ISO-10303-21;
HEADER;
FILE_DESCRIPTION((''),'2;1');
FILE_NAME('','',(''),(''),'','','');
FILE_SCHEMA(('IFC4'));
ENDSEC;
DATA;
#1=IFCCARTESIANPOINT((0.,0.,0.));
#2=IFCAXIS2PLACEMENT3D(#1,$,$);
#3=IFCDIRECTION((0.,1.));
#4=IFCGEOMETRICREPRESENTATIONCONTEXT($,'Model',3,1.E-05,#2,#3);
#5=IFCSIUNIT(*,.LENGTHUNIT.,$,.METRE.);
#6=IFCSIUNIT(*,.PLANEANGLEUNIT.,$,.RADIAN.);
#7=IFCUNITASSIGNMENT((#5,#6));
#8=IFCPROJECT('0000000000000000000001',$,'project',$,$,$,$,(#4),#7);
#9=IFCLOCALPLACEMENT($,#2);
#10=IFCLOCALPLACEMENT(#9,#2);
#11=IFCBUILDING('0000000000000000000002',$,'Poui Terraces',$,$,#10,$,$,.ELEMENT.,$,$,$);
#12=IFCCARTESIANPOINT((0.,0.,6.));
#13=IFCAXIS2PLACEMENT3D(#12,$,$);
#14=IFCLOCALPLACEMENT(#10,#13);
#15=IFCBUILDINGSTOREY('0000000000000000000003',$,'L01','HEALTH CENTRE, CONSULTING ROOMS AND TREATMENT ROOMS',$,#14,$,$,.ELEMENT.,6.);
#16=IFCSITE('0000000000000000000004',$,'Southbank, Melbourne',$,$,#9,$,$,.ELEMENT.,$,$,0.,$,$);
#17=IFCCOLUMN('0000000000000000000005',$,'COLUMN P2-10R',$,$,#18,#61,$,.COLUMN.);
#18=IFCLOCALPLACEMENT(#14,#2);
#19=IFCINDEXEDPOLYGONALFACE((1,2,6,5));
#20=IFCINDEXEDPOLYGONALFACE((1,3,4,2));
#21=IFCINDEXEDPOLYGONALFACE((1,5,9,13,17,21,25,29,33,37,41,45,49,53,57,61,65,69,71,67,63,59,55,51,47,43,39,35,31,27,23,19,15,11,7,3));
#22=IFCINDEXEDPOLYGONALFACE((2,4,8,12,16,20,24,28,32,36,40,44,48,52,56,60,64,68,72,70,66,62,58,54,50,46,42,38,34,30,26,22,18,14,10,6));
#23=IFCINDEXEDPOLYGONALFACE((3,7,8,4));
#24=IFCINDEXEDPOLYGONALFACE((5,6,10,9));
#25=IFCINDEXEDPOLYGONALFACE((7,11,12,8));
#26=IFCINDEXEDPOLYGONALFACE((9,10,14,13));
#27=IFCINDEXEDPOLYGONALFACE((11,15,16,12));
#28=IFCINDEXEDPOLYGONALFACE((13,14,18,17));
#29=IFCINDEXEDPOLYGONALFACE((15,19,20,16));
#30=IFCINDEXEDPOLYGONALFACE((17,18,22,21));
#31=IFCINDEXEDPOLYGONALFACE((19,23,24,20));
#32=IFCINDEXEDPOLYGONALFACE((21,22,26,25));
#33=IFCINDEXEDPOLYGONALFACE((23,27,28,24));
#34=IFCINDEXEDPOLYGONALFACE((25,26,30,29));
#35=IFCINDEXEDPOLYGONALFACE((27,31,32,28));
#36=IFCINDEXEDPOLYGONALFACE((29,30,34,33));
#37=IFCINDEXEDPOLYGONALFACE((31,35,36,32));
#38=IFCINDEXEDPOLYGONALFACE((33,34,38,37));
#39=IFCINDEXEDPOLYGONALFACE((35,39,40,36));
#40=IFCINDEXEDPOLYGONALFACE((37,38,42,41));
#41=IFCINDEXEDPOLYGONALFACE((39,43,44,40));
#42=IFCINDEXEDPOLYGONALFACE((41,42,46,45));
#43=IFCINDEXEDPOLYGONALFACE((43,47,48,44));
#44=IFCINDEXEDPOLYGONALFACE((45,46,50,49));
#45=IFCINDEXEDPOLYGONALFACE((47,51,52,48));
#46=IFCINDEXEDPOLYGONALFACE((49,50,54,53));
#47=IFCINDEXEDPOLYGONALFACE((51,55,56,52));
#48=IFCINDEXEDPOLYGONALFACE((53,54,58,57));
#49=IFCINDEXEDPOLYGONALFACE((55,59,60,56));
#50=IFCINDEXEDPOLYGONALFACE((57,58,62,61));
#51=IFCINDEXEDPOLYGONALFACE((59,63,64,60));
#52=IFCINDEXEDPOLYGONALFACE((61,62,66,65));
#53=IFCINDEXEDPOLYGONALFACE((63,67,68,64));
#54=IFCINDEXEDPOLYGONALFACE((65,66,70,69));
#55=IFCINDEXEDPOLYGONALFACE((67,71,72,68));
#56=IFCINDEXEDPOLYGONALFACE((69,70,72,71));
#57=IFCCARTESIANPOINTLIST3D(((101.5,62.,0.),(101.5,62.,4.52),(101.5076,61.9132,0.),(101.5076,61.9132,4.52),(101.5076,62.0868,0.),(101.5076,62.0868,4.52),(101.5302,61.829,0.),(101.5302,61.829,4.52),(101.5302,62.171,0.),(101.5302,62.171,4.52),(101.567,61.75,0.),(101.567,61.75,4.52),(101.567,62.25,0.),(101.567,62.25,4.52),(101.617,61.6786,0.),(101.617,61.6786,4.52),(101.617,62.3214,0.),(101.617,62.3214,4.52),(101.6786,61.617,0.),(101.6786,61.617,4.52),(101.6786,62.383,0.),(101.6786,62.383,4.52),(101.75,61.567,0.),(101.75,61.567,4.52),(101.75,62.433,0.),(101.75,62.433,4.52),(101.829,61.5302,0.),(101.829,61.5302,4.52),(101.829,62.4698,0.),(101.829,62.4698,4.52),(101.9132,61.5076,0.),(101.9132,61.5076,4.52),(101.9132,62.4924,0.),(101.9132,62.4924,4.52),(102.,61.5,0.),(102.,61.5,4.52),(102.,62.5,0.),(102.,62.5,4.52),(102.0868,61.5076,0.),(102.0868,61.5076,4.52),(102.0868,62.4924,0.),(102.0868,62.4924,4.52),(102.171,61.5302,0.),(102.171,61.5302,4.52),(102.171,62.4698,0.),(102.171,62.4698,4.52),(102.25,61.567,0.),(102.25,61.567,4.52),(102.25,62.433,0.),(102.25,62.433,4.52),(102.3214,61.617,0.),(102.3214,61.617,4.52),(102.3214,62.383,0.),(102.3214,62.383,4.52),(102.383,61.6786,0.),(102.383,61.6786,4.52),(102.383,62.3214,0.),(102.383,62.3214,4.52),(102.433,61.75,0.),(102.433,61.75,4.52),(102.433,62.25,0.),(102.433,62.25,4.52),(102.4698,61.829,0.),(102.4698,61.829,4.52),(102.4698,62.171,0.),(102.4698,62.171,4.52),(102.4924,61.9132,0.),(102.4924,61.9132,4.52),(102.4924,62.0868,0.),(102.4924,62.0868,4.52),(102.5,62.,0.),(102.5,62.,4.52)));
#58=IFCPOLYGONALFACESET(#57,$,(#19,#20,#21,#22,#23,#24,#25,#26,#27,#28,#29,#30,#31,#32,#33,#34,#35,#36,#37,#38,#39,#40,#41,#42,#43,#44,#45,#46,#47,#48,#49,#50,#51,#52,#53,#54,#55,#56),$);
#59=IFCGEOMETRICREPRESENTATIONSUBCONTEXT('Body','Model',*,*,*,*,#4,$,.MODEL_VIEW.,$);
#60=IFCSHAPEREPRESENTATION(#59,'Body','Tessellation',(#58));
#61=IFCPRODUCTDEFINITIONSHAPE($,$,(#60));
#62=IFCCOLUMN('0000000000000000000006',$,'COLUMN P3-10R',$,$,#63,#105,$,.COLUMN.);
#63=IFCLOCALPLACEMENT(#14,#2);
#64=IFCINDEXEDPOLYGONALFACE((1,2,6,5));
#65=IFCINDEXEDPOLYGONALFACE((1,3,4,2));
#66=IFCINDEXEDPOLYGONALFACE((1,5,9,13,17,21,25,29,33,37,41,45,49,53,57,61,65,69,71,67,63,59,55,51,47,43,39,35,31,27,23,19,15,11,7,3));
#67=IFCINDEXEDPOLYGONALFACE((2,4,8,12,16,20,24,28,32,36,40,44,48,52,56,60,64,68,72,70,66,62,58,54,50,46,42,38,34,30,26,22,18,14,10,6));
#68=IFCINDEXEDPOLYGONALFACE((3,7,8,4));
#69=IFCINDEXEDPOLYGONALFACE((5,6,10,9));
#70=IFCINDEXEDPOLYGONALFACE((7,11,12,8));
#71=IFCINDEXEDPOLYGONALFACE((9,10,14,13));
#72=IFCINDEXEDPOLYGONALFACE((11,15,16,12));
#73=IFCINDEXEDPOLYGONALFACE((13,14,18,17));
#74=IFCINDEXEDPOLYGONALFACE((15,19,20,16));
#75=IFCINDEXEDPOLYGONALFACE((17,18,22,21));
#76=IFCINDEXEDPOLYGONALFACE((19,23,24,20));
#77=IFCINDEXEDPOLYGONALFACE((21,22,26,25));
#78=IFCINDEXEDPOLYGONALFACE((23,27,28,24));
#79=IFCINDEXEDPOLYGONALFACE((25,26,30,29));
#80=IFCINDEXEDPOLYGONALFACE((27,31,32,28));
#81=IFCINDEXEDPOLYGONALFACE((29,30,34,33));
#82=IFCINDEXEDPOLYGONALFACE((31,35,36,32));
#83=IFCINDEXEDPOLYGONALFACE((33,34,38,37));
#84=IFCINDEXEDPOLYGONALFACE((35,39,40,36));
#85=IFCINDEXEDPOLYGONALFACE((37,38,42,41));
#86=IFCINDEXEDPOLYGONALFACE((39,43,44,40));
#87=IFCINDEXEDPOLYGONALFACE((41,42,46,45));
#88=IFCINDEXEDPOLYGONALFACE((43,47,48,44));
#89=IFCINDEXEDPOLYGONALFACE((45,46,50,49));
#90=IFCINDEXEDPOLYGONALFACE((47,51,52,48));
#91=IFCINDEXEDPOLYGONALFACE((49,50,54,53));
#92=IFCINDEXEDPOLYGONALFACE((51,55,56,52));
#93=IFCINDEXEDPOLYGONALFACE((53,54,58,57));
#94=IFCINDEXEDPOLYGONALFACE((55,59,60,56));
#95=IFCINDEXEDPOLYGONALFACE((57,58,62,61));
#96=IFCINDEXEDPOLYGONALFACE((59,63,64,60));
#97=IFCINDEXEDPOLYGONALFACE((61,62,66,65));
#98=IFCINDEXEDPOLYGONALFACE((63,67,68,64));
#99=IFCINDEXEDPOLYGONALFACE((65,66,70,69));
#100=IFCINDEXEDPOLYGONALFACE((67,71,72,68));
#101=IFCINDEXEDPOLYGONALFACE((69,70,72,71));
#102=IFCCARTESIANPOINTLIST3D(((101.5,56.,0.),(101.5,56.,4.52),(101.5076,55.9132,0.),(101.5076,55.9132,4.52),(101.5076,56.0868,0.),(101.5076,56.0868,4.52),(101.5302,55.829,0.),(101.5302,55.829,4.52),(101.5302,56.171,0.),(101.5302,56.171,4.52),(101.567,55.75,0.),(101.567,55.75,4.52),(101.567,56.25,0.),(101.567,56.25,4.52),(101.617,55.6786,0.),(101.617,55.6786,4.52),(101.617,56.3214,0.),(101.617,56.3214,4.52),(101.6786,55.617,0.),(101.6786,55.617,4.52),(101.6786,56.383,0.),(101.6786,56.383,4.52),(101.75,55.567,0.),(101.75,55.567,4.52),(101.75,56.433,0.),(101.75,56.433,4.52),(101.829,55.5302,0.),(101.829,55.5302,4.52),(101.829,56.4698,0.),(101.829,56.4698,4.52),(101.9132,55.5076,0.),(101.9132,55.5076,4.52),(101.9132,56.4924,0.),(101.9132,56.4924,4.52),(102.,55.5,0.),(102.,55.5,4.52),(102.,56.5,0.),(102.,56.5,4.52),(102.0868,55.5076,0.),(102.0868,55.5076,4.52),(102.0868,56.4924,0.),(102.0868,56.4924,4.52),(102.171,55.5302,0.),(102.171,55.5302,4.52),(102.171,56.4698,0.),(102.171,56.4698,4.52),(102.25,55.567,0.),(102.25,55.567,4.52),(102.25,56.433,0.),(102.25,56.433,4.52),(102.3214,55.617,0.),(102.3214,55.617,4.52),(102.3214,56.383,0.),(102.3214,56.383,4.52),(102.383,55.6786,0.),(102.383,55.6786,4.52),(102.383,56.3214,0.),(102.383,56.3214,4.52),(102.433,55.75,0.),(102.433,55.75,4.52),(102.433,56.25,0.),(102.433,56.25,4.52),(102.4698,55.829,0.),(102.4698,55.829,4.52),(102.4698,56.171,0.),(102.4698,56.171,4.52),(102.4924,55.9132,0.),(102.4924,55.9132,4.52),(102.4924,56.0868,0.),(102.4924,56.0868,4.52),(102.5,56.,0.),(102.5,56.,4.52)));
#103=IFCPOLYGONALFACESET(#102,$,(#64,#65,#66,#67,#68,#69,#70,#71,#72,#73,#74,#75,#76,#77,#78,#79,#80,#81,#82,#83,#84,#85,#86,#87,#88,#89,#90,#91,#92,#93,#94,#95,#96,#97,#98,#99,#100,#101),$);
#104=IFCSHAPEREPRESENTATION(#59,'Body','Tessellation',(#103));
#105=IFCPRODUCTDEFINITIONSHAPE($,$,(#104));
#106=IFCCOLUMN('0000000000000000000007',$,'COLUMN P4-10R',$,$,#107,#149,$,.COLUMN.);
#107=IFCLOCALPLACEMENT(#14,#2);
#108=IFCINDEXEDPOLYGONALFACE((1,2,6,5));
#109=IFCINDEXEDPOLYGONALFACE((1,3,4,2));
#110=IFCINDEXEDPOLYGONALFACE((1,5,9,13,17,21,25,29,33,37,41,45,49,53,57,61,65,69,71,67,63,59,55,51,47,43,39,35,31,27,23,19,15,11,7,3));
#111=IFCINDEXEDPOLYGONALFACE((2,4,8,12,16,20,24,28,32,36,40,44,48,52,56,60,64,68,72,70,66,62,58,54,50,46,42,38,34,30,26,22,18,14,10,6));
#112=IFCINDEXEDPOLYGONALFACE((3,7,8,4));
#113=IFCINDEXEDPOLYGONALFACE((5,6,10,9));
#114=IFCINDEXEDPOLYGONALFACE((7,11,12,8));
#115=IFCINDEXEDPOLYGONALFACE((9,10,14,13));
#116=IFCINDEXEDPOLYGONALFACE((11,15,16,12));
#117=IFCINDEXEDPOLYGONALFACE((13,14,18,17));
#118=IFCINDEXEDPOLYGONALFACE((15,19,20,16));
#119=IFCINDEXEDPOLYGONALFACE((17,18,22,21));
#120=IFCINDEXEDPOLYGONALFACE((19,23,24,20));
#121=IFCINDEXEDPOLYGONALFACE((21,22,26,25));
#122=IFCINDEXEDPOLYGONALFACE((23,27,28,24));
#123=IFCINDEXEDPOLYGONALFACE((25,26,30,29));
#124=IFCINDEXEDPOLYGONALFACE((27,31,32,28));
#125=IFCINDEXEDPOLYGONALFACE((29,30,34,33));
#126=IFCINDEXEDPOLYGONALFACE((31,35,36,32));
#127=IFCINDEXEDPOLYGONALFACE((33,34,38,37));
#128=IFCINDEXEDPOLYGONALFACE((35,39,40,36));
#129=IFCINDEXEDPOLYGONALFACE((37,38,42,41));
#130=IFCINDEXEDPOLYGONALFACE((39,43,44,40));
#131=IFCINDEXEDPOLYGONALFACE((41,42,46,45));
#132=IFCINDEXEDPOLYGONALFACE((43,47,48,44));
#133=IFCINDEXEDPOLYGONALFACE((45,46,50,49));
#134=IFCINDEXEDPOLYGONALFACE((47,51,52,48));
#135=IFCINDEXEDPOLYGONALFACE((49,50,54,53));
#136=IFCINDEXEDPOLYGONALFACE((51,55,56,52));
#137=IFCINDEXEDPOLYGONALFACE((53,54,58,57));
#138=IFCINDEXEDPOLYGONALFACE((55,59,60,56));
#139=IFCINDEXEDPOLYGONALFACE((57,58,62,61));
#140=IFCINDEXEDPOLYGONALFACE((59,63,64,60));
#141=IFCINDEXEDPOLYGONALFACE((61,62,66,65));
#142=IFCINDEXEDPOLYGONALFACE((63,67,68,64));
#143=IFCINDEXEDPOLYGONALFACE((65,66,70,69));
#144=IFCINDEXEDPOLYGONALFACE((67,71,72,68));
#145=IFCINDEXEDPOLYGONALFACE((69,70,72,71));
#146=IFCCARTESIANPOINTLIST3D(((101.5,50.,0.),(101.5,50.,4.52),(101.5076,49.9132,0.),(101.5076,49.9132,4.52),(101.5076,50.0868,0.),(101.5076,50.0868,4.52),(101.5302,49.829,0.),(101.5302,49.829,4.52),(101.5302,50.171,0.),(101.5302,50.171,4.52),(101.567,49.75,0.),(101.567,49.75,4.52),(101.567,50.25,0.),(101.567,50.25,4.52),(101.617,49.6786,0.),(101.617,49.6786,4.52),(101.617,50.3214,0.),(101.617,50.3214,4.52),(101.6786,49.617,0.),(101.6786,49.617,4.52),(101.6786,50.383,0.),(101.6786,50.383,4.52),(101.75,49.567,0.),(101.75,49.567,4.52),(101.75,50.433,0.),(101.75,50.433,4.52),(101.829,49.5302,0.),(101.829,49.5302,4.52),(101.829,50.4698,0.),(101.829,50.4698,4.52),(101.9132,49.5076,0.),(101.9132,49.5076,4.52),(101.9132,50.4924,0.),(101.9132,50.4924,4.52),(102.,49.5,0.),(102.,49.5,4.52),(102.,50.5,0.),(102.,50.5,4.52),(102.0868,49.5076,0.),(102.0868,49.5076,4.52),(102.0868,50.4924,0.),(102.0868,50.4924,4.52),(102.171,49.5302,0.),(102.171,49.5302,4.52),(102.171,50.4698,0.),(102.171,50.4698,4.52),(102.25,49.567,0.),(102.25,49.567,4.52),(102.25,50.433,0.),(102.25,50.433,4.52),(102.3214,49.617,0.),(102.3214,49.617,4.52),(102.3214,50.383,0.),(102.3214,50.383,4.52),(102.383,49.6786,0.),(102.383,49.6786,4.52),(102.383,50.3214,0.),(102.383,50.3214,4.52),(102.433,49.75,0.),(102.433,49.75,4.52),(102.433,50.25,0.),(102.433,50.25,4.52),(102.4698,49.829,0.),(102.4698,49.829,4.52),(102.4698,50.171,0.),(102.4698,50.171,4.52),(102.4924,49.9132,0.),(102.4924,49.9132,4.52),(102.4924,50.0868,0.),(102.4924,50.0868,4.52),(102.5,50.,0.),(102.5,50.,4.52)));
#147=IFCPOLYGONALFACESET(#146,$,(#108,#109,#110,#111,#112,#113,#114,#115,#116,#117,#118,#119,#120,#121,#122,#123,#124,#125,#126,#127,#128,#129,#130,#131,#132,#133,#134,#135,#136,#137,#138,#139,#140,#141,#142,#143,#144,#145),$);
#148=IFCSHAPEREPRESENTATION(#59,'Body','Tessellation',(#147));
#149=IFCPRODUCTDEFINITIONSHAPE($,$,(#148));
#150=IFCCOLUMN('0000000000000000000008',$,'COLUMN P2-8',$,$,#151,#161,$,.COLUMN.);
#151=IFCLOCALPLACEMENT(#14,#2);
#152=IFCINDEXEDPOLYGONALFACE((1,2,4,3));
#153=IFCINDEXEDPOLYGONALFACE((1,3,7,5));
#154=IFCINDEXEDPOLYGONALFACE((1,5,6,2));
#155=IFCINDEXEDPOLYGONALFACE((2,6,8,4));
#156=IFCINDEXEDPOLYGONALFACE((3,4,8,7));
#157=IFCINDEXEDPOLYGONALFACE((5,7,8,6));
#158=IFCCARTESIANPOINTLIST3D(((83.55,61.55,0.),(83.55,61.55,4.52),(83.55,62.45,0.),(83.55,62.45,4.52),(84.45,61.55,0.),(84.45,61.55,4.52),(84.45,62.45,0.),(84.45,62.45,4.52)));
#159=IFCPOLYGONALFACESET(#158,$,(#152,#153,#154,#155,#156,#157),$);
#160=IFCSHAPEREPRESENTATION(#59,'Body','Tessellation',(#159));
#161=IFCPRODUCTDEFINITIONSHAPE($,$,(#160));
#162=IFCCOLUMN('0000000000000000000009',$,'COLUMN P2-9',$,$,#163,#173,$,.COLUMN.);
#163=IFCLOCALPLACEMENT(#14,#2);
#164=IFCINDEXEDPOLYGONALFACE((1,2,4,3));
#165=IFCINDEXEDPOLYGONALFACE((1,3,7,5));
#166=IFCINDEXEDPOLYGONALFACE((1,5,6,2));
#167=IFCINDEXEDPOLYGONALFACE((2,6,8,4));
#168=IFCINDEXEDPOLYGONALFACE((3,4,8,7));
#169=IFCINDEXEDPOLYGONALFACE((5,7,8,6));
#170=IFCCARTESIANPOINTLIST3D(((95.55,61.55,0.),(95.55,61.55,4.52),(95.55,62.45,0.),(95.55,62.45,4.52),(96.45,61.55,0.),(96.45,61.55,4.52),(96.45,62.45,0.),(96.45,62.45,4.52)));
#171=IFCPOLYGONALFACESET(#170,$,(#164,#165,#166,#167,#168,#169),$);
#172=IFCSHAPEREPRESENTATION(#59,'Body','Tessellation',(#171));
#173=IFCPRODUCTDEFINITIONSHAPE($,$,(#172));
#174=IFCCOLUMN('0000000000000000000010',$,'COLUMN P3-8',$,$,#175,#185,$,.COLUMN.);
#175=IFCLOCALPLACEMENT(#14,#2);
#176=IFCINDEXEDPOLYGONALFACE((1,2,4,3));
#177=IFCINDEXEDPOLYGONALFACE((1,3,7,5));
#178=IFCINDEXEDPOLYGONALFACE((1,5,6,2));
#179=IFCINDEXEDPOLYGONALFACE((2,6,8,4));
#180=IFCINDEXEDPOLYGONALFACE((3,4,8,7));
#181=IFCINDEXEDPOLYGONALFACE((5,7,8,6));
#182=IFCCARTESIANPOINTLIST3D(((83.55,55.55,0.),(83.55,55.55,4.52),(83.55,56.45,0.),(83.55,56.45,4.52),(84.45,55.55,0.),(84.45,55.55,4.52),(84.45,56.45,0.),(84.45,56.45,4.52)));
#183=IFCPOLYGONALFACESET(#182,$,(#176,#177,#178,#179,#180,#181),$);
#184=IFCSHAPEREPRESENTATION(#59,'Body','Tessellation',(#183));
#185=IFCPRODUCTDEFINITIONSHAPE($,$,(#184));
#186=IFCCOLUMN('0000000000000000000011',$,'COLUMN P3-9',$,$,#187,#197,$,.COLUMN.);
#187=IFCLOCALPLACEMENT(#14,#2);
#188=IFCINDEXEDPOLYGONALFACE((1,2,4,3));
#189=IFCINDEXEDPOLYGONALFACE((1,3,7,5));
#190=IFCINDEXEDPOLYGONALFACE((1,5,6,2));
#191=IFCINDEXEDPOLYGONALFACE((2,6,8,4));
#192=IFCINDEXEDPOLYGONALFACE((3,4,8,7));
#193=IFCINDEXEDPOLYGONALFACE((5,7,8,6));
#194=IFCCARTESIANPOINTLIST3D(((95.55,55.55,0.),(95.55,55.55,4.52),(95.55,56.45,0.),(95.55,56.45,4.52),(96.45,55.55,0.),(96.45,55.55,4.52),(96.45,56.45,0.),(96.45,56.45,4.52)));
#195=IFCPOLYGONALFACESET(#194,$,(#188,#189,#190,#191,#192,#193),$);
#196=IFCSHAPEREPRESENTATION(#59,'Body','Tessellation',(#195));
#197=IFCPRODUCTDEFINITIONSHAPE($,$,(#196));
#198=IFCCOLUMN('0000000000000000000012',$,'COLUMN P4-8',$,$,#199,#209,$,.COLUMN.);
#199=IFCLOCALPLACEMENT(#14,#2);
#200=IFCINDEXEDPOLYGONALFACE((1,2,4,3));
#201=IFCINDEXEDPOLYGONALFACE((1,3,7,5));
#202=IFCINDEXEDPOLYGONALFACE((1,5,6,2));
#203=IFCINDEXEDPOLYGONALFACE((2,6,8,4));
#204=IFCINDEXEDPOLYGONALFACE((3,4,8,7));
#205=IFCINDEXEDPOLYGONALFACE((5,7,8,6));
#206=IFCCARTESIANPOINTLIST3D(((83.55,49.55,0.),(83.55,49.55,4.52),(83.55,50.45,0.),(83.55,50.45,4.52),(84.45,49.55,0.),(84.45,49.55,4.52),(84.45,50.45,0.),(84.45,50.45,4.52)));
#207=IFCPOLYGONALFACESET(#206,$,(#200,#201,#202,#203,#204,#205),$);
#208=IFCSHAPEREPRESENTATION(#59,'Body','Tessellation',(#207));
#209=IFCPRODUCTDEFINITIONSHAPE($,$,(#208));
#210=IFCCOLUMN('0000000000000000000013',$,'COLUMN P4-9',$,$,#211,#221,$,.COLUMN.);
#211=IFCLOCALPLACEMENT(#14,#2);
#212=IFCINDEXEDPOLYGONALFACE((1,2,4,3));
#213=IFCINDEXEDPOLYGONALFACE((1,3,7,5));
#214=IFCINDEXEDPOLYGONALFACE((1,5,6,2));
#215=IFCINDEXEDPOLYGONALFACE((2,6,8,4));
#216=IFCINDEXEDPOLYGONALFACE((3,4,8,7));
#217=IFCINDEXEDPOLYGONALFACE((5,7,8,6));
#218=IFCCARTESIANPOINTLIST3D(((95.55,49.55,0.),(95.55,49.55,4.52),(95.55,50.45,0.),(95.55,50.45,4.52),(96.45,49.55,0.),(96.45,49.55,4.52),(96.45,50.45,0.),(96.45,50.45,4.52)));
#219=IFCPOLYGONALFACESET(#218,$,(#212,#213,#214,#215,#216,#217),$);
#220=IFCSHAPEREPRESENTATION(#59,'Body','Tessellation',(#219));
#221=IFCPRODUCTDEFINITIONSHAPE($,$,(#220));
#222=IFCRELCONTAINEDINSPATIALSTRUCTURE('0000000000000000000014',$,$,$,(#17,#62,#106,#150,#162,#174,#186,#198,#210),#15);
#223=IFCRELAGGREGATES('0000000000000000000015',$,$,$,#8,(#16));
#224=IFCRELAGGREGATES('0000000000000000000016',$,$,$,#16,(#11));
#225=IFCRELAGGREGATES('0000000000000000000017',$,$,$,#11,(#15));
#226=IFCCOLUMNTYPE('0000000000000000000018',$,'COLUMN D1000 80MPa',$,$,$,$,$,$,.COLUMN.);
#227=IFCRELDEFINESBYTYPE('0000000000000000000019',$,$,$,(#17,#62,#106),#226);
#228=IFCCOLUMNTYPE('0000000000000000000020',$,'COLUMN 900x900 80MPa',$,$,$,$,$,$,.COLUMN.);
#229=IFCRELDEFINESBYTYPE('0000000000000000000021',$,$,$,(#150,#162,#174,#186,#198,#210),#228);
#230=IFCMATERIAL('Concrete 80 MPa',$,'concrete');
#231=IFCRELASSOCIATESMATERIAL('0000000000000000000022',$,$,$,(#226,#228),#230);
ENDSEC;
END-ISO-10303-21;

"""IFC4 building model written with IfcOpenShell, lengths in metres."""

from ifc_helpers import new_model, si_unit, direction, frame, origin, origin_2d, place, context, subcontext, project, spatial, rectangle, circle, extrude, source, transform, mapped, material, material_profile, profile_set, type_object, element, save


model = new_model("IFC4")

# Units and contexts
model_context = context("Model", 3, precision=1e-05, world=origin(), true_north=direction((0.0, 1.0)))
body_context = subcontext(model_context, "Body", "Model", "MODEL_VIEW")
ifc_project = project(units=[si_unit("LENGTHUNIT", "METRE"), si_unit("PLANEANGLEUNIT", "RADIAN")], contexts=[model_context])

# Site, building, storey
site_placement = place(None, origin())
site = spatial("IfcSite", under=ifc_project, at=site_placement, Name="Southbank, Melbourne", CompositionType="ELEMENT", RefElevation=0.0)
building_placement = place(site_placement, origin())
building = spatial("IfcBuilding", under=site, at=building_placement, Name="Poui Terraces", CompositionType="ELEMENT")
storey_placement = place(building_placement, frame((0.0, 0.0, 6.0)))
storey = spatial("IfcBuildingStorey", under=building, at=storey_placement, Name="L01", Description="HEALTH CENTRE, CONSULTING ROOMS AND TREATMENT ROOMS", CompositionType="ELEMENT", Elevation=6.0)

# Columns
ifc_material_1 = material(Name="Concrete 80 MPa", Category="concrete")
ifc_material_profile_1 = material_profile(ifc_material_1, circle(Radius=0.5, at=origin_2d()), Name="RC D1000")
ifc_profile_set_1 = profile_set([ifc_material_profile_1], Name="Concrete 80 MPa")
column_type_1 = type_object("IfcColumnType", Name="COLUMN D1000 80MPa", PredefinedType="COLUMN", material=ifc_profile_set_1)
shared_shape_1 = source(origin(), body_context, "Body", "SweptSolid", [
    extrude(circle(Radius=0.5, at=origin_2d()), origin(), (0.0, 0.0, 1.0), 4.52),
])
for number, where, z_axis, x_axis, name in (
    (1, (102.0, 62.0, 0.0), (0.0, 0.0, 1.0), (1.0, 0.0, 0.0), "COLUMN P2-10R"),
    (2, (102.0, 56.0, 0.0), (0.0, 0.0, 1.0), (1.0, 0.0, 0.0), "COLUMN P3-10R"),
    (3, (102.0, 50.0, 0.0), (0.0, 0.0, 1.0), (1.0, 0.0, 0.0), "COLUMN P4-10R"),
):
    element("IfcColumn", number, at=place(storey_placement, frame(where, z_axis=z_axis, x_axis=x_axis)), inside=storey, type_object=column_type_1, Name=name, PredefinedType="COLUMN", context=body_context, shape_type="MappedRepresentation", body=[
        mapped(shared_shape_1, transform((0.0, 0.0, 0.0))),
    ])
ifc_material_profile_2 = material_profile(ifc_material_1, rectangle(XDim=0.8999, YDim=0.8999, at=origin_2d()), Name="RC 900x900")
ifc_profile_set_2 = profile_set([ifc_material_profile_2], Name="Concrete 80 MPa")
column_type_2 = type_object("IfcColumnType", Name="COLUMN 900x900 80MPa", PredefinedType="COLUMN", material=ifc_profile_set_2)
shared_shape_2 = source(origin(), body_context, "Body", "SweptSolid", [
    extrude(rectangle(XDim=0.8999, YDim=0.8999, at=origin_2d()), origin(), (0.0, 0.0, 1.0), 4.52),
])
for number, where, z_axis, x_axis, name in (
    (4, (84.0, 62.0, 0.0), (0.0, 0.0, 1.0), (1.0, 0.0, 0.0), "COLUMN P2-8"),
    (5, (96.0, 62.0, 0.0), (0.0, 0.0, 1.0), (1.0, 0.0, 0.0), "COLUMN P2-9"),
    (6, (84.0, 56.0, 0.0), (0.0, 0.0, 1.0), (1.0, 0.0, 0.0), "COLUMN P3-8"),
    (7, (96.0, 56.0, 0.0), (0.0, 0.0, 1.0), (1.0, 0.0, 0.0), "COLUMN P3-9"),
    (8, (84.0, 50.0, 0.0), (0.0, 0.0, 1.0), (1.0, 0.0, 0.0), "COLUMN P4-8"),
    (9, (96.0, 50.0, 0.0), (0.0, 0.0, 1.0), (1.0, 0.0, 0.0), "COLUMN P4-9"),
):
    element("IfcColumn", number, at=place(storey_placement, frame(where, z_axis=z_axis, x_axis=x_axis)), inside=storey, type_object=column_type_2, Name=name, PredefinedType="COLUMN", context=body_context, shape_type="MappedRepresentation", body=[
        mapped(shared_shape_2, transform((0.0, 0.0, 0.0))),
    ])

save(model, "model.ifc")
